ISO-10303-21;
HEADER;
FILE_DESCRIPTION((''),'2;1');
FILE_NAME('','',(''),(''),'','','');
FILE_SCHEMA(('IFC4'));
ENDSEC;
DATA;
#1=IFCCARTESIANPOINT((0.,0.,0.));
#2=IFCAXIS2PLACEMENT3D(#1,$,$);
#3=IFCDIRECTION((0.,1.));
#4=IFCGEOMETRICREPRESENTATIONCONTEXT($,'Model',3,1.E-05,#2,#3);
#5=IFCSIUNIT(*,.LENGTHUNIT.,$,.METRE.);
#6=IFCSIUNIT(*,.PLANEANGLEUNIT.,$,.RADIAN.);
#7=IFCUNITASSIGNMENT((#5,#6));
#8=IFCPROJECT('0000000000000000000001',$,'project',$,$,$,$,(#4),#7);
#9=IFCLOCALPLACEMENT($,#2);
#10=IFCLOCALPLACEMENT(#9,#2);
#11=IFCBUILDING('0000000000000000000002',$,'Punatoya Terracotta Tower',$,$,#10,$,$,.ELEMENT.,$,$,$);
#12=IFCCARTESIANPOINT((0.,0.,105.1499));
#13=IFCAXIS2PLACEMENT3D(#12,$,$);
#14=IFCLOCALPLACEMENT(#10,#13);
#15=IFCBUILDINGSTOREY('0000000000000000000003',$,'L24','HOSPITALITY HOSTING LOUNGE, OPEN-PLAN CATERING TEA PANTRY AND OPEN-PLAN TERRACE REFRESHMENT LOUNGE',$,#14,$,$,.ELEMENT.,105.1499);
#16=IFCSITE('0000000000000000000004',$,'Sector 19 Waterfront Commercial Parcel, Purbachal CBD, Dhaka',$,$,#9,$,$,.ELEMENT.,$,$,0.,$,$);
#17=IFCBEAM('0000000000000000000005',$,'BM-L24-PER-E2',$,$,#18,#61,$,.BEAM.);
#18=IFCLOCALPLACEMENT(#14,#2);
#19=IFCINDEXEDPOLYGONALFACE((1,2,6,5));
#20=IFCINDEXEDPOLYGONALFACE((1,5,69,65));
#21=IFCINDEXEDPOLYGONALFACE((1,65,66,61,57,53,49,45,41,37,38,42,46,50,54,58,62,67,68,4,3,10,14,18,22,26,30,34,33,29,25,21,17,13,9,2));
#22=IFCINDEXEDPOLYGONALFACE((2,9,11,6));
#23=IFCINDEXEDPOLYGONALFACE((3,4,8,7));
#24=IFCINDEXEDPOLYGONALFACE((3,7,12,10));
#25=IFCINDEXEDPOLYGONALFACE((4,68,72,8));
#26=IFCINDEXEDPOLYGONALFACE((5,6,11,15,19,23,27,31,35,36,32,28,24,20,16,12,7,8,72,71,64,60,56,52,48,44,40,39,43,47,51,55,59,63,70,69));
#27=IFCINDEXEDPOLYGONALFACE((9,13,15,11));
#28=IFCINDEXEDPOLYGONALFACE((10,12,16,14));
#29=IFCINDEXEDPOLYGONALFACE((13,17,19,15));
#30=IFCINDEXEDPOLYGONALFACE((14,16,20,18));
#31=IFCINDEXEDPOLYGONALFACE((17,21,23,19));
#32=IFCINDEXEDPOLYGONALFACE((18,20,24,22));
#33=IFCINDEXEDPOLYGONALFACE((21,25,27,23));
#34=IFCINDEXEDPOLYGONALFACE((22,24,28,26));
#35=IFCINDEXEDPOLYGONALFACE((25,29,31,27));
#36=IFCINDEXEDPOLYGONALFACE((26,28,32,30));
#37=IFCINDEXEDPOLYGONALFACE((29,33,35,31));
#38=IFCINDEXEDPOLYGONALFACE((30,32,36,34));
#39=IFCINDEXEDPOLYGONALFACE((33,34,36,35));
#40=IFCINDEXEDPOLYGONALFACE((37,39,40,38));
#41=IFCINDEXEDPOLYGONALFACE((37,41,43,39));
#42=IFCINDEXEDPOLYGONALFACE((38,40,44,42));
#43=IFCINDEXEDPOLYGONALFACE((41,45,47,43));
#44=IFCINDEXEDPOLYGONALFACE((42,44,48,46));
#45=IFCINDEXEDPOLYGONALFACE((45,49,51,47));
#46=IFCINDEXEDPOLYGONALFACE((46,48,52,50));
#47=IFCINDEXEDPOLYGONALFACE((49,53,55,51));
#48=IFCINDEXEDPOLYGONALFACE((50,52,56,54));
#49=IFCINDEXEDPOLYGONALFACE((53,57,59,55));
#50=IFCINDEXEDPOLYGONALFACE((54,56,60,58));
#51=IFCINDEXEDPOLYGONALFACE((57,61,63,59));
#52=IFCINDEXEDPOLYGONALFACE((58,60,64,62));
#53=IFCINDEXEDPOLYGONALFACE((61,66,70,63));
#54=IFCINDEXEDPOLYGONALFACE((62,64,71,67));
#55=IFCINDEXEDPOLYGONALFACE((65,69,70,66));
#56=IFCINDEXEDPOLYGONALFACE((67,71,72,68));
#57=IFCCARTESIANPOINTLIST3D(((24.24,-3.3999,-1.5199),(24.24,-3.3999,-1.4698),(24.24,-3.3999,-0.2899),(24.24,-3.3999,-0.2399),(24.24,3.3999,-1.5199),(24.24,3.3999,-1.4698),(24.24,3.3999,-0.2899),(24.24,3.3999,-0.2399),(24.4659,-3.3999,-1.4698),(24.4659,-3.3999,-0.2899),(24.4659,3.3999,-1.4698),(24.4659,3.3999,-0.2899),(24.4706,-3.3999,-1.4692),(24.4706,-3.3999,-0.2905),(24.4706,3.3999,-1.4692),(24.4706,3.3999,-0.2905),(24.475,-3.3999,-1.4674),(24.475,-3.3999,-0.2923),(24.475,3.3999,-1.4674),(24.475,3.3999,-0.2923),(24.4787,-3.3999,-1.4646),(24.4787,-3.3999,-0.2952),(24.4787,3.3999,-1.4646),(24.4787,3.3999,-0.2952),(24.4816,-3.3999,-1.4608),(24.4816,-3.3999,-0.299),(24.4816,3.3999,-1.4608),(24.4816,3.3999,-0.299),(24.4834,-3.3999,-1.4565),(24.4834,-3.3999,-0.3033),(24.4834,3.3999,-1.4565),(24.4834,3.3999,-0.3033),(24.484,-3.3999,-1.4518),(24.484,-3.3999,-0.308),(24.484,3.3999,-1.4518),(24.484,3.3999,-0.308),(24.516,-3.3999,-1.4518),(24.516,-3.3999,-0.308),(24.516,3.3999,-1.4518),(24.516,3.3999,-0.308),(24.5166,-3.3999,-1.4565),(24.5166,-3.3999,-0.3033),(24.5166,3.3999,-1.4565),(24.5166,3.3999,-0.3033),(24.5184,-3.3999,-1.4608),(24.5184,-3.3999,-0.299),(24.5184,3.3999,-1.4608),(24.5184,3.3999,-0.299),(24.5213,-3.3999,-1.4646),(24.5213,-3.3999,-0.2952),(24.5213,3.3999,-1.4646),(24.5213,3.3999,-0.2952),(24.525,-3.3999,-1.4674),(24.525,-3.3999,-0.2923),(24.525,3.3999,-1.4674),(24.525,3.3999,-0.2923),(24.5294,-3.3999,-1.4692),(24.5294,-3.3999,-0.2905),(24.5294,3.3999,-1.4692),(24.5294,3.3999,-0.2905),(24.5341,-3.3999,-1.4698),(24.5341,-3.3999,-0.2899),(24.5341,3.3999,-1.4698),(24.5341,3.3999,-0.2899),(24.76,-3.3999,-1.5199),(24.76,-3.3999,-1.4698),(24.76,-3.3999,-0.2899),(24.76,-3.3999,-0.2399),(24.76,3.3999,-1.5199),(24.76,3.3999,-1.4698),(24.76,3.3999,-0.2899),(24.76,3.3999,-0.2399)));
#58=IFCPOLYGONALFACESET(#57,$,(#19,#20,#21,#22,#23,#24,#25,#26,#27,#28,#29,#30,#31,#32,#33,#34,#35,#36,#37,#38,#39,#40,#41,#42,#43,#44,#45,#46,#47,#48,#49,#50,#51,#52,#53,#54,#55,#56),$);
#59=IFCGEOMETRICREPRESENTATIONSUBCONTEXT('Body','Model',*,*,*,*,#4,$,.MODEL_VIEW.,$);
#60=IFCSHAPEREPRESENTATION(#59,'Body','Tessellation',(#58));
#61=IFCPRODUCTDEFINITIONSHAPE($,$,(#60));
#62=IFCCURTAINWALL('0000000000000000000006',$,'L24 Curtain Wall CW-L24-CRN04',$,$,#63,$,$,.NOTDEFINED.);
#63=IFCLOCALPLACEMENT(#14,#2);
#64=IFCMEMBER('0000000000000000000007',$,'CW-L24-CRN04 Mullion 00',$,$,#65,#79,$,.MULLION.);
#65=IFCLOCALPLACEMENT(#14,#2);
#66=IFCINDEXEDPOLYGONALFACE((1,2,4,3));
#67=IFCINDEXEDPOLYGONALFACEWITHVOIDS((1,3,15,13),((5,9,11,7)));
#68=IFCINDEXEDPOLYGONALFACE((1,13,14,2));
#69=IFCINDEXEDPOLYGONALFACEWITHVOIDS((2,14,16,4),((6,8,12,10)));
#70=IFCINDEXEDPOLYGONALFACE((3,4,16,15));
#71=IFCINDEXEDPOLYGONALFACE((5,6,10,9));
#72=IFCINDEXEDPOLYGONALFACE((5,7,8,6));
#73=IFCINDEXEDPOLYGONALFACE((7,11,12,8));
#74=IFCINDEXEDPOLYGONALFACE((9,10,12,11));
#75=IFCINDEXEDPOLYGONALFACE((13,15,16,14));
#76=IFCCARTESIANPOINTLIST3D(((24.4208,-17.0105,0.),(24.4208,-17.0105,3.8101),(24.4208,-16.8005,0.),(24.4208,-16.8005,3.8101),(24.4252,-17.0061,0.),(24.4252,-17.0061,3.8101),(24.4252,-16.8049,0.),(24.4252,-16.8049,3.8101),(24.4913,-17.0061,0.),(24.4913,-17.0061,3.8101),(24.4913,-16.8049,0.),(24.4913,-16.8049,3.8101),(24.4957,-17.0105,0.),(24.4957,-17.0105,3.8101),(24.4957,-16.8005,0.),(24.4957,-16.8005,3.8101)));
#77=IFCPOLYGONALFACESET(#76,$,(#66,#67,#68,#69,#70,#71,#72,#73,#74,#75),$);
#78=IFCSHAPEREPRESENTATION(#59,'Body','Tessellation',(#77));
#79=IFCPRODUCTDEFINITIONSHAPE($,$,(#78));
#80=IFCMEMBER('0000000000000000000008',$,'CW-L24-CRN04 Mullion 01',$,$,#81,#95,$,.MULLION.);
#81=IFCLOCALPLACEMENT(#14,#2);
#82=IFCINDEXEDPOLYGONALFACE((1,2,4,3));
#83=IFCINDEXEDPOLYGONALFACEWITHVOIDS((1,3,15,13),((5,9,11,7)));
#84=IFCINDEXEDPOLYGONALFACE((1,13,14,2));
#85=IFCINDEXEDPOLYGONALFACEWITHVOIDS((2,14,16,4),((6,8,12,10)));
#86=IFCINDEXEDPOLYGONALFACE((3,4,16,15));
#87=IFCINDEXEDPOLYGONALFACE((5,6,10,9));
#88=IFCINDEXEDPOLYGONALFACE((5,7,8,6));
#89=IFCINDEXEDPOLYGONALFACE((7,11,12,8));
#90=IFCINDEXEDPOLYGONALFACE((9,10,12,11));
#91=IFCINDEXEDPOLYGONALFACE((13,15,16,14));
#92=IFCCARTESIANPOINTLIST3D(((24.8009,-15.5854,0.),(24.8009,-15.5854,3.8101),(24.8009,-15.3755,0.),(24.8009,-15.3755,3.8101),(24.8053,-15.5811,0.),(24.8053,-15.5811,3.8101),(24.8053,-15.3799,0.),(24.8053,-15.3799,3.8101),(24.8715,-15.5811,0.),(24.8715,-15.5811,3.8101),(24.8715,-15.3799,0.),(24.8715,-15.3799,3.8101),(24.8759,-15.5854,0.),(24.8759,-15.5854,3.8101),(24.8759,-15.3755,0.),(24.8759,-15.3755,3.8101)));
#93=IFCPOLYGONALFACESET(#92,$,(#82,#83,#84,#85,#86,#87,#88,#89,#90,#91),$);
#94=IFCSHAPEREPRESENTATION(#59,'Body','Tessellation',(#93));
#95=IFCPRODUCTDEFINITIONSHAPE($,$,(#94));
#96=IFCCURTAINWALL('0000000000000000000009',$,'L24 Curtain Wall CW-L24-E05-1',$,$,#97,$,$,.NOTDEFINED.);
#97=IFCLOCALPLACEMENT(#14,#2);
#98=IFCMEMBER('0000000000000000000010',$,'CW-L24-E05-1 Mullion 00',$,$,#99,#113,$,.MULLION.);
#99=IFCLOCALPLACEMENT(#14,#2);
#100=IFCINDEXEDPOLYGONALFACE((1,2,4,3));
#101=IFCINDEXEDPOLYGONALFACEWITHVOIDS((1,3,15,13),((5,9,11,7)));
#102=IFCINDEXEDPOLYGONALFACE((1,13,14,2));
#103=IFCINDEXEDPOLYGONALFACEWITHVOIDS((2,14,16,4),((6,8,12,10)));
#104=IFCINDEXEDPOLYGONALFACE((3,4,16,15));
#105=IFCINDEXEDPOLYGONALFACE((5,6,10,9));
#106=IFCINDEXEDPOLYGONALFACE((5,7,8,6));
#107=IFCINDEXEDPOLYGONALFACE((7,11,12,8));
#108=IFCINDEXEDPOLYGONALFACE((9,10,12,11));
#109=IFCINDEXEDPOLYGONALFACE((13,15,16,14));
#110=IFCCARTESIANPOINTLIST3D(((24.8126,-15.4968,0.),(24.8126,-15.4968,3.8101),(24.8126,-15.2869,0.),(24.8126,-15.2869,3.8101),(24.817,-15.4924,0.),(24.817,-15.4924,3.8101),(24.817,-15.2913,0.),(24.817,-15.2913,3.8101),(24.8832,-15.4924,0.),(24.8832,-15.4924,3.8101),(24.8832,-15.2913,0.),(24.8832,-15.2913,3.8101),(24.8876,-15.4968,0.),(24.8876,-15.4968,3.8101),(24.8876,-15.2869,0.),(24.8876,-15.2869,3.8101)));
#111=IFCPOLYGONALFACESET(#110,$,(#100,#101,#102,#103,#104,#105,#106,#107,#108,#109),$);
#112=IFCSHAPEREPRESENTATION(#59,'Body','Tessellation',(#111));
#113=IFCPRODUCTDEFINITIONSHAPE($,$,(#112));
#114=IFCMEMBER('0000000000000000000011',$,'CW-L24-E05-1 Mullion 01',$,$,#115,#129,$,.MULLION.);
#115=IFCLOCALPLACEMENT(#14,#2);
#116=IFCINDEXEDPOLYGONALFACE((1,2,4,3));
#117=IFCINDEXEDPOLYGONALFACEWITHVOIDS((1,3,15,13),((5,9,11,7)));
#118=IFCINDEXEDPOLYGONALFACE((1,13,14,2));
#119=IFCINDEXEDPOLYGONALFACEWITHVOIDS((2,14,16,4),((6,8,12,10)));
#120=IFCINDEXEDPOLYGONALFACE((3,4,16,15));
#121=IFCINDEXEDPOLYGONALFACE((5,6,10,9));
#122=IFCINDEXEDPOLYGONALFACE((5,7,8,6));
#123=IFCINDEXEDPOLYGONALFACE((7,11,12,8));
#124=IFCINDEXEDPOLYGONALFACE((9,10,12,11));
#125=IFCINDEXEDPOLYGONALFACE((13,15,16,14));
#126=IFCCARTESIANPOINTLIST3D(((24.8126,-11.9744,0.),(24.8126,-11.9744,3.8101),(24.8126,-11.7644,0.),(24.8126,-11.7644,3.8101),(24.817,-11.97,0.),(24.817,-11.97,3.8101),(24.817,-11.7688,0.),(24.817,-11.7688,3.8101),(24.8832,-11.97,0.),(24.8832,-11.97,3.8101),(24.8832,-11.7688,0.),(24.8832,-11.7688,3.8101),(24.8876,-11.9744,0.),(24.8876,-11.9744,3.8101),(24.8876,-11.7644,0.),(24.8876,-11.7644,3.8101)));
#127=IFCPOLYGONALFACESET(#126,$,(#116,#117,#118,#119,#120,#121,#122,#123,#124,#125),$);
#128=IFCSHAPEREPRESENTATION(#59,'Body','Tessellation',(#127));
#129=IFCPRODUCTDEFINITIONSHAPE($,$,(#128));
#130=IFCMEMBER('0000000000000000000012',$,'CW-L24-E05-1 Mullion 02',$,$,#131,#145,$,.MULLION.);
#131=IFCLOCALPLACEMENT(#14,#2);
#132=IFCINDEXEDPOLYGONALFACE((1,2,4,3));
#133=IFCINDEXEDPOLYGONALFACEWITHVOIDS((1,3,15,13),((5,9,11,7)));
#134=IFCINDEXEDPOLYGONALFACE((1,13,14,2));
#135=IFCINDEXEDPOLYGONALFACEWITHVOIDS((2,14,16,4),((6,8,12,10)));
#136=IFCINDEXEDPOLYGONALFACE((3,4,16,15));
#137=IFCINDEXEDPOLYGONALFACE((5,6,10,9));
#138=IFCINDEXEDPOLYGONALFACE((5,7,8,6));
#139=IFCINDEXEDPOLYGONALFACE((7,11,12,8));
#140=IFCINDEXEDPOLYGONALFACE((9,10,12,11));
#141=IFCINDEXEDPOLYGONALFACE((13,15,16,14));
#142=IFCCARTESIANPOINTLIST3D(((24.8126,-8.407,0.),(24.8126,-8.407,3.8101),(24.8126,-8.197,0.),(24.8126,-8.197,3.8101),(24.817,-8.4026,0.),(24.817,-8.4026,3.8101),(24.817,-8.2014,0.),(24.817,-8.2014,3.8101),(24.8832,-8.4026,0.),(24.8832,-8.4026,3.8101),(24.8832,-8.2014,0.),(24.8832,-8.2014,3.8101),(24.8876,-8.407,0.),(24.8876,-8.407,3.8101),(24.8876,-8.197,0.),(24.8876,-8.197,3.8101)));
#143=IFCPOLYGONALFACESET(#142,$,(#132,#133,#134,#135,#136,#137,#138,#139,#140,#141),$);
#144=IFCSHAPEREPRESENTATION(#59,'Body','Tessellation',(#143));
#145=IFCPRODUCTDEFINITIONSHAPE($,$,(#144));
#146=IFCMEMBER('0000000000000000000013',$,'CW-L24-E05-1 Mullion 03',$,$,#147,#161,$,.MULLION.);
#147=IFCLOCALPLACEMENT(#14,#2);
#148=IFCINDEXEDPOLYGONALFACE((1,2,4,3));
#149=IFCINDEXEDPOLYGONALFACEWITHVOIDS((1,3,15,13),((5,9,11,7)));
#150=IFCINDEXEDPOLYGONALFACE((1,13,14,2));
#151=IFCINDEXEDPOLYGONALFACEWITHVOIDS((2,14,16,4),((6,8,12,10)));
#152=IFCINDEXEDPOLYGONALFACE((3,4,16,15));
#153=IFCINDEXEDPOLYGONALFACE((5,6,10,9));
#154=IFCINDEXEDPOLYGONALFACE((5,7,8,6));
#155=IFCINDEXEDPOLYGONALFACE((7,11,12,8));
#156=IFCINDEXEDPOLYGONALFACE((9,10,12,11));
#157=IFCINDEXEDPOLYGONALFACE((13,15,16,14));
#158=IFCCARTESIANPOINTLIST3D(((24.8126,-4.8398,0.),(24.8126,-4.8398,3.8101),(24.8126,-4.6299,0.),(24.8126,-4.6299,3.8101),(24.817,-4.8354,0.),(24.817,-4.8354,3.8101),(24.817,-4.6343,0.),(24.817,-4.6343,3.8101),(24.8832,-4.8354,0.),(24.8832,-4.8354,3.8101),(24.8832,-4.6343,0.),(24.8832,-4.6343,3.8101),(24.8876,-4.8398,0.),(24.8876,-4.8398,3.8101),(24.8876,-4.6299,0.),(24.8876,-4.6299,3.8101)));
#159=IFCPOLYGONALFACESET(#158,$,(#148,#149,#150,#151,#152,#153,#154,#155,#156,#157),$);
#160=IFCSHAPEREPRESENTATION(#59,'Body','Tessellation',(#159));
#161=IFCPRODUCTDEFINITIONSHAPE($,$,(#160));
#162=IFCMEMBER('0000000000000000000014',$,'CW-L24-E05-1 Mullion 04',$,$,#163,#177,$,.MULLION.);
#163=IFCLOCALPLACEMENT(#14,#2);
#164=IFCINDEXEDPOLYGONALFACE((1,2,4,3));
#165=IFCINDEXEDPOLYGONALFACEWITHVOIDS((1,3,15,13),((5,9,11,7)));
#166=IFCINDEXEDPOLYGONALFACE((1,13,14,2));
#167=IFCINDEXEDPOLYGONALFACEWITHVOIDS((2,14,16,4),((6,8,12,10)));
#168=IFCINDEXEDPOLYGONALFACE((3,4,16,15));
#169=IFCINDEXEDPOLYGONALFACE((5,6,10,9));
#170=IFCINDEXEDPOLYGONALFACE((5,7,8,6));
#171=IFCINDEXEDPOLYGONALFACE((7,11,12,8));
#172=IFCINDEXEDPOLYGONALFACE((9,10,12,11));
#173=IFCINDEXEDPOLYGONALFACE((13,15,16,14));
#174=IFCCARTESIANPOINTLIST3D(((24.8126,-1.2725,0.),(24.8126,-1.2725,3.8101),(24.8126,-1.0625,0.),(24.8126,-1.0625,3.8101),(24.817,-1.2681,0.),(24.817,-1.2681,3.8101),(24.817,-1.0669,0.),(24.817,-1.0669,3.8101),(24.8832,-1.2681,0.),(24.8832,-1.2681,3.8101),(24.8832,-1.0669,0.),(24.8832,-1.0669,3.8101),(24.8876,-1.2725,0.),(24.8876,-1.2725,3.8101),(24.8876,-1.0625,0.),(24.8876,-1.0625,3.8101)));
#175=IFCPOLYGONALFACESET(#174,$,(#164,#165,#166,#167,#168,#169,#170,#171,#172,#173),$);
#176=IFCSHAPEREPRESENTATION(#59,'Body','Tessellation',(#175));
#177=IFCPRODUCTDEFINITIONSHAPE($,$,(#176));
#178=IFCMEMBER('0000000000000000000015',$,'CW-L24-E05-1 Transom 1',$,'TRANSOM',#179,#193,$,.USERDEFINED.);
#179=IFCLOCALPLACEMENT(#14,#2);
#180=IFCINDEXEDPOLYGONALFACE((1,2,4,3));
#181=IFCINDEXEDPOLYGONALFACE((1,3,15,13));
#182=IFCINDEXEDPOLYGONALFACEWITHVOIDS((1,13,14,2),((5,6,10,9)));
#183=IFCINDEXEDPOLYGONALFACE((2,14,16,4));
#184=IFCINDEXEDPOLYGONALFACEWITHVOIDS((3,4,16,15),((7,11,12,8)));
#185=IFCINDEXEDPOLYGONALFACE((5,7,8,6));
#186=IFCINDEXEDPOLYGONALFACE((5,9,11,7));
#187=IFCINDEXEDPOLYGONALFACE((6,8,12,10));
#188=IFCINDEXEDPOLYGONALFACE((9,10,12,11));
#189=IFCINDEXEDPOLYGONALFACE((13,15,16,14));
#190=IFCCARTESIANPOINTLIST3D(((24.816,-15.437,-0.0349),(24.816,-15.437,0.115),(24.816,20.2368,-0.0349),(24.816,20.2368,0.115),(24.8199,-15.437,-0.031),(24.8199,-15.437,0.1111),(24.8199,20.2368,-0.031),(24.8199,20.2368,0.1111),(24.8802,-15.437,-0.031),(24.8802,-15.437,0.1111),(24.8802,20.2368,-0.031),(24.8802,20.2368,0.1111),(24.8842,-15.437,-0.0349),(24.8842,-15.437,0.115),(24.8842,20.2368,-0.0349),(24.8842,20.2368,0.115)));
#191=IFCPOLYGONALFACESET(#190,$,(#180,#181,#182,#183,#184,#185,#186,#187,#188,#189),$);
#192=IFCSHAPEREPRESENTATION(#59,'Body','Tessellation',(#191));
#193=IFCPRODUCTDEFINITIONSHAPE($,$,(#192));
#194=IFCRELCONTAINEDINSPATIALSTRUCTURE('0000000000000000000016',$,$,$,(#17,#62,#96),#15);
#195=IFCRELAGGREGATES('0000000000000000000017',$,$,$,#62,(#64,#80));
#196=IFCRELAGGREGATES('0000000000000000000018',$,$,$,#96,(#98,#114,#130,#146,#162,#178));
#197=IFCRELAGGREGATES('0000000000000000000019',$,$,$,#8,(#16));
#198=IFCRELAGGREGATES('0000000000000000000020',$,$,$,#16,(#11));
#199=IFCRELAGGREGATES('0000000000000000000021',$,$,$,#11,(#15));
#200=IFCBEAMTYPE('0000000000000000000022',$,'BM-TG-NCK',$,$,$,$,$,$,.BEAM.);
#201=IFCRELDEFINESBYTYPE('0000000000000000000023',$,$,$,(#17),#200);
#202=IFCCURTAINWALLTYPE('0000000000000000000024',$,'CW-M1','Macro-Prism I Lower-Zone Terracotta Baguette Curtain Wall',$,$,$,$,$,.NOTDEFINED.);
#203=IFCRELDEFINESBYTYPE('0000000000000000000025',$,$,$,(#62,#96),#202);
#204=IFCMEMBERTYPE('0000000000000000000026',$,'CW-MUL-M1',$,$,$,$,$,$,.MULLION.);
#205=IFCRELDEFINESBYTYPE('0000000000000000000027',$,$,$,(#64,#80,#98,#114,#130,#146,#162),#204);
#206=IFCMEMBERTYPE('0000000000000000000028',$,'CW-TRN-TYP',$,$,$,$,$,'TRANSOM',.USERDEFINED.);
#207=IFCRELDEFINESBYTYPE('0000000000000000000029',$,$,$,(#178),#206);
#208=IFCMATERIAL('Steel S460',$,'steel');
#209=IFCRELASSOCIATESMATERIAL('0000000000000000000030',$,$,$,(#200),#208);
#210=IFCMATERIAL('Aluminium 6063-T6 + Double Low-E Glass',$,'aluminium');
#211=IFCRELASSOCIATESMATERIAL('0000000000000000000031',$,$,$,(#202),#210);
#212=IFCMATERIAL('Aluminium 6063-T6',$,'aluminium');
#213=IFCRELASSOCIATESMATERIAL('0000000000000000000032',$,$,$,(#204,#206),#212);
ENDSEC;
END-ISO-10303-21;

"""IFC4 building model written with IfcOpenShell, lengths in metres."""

from ifc_helpers import new_model, si_unit, direction, frame, origin, origin_2d, place, context, subcontext, project, spatial, hollow_rectangle, i_section, extrude, material, material_profile, profile_set, type_object, element, aggregate, save


model = new_model("IFC4")

# Units and contexts
model_context = context("Model", 3, precision=1e-05, world=origin(), true_north=direction((0.0, 1.0)))
body_context = subcontext(model_context, "Body", "Model", "MODEL_VIEW")
ifc_project = project(units=[si_unit("LENGTHUNIT", "METRE"), si_unit("PLANEANGLEUNIT", "RADIAN")], contexts=[model_context])

# Site, building, storey
site_placement = place(None, origin())
site = spatial("IfcSite", under=ifc_project, at=site_placement, Name="Sector 19 Waterfront Commercial Parcel, Purbachal CBD, Dhaka", CompositionType="ELEMENT", RefElevation=0.0)
building_placement = place(site_placement, origin())
building = spatial("IfcBuilding", under=site, at=building_placement, Name="Punatoya Terracotta Tower", CompositionType="ELEMENT")
storey_placement = place(building_placement, frame((0.0, 0.0, 105.1499)))
storey = spatial("IfcBuildingStorey", under=building, at=storey_placement, Name="L24", Description="HOSPITALITY HOSTING LOUNGE, OPEN-PLAN CATERING TEA PANTRY AND OPEN-PLAN TERRACE REFRESHMENT LOUNGE", CompositionType="ELEMENT", Elevation=105.1499)

# Shared definitions
ifc_material_1 = material(Name="Steel S460", Category="steel")

# Beam
ifc_material_profile_1 = material_profile(ifc_material_1, i_section(OverallWidth=0.52, OverallDepth=1.28, WebThickness=0.032, FlangeThickness=0.05, FilletRadius=0.0181, at=origin_2d()))
ifc_profile_set_1 = profile_set([ifc_material_profile_1], Name="Steel S460")
beam_type_1 = type_object("IfcBeamType", Name="BM-TG-NCK", PredefinedType="BEAM", material=ifc_profile_set_1)
beam_1_placement = place(storey_placement, frame((24.5, -3.3999, -0.8799), z_axis=(0.0, 1.0, 0.0), x_axis=(-1.0, 0.0, 0.0)))
element("IfcBeam", 1, at=beam_1_placement, inside=storey, type_object=beam_type_1, Name="BM-L24-PER-E2", PredefinedType="BEAM", context=body_context, shape_type="SweptSolid", body=[
    extrude(i_section(OverallWidth=0.52, OverallDepth=1.28, WebThickness=0.032, FlangeThickness=0.05, FilletRadius=0.0181, at=origin_2d()), origin(), (0.0, 0.0, 1.0), 6.7998),
])

# Curtain walls, members
ifc_material_2 = material(Name="Aluminium 6063-T6 + Double Low-E Glass", Category="aluminium")
curtain_wall_type = type_object("IfcCurtainWallType", Name="CW-M1", Description="Macro-Prism I Lower-Zone Terracotta Baguette Curtain Wall", PredefinedType="NOTDEFINED", material=ifc_material_2)
curtain_wall_1_placement = place(storey_placement, origin())
curtain_wall_1 = element("IfcCurtainWall", 2, at=curtain_wall_1_placement, inside=storey, type_object=curtain_wall_type, Name="L24 Curtain Wall CW-L24-CRN04", PredefinedType="NOTDEFINED")
ifc_material_3 = material(Name="Aluminium 6063-T6", Category="aluminium")
ifc_material_profile_2 = material_profile(ifc_material_3, hollow_rectangle(XDim=0.075, YDim=0.21, WallThickness=0.0044, at=origin_2d()))
ifc_profile_set_2 = profile_set([ifc_material_profile_2], Name="Aluminium 6063-T6")
member_type_1 = type_object("IfcMemberType", Name="CW-MUL-M1", PredefinedType="MULLION", material=ifc_profile_set_2)
member_1_placement = place(storey_placement, frame((24.4583, -16.9055, 0.0), z_axis=(0.0, 0.0, 1.0), x_axis=(1.0, 0.0, 0.0)))
member_1 = element("IfcMember", 3, at=member_1_placement, type_object=member_type_1, Name="CW-L24-CRN04 Mullion 00", PredefinedType="MULLION", context=body_context, shape_type="SweptSolid", body=[
    extrude(hollow_rectangle(XDim=0.075, YDim=0.21, WallThickness=0.0044, at=origin_2d()), origin(), (0.0, 0.0, 1.0), 3.8101),
])
member_2_placement = place(storey_placement, frame((24.8384, -15.4805, 0.0), z_axis=(0.0, 0.0, 1.0), x_axis=(1.0, 0.0, 0.0)))
member_2 = element("IfcMember", 4, at=member_2_placement, type_object=member_type_1, Name="CW-L24-CRN04 Mullion 01", PredefinedType="MULLION", context=body_context, shape_type="SweptSolid", body=[
    extrude(hollow_rectangle(XDim=0.075, YDim=0.21, WallThickness=0.0044, at=origin_2d()), origin(), (0.0, 0.0, 1.0), 3.8101),
])
curtain_wall_2_placement = place(storey_placement, origin())
curtain_wall_2 = element("IfcCurtainWall", 5, at=curtain_wall_2_placement, inside=storey, type_object=curtain_wall_type, Name="L24 Curtain Wall CW-L24-E05-1", PredefinedType="NOTDEFINED")
member_3_placement = place(storey_placement, frame((24.8501, -15.3918, 0.0), z_axis=(0.0, 0.0, 1.0), x_axis=(1.0, 0.0, 0.0)))
member_3 = element("IfcMember", 6, at=member_3_placement, type_object=member_type_1, Name="CW-L24-E05-1 Mullion 00", PredefinedType="MULLION", context=body_context, shape_type="SweptSolid", body=[
    extrude(hollow_rectangle(XDim=0.075, YDim=0.21, WallThickness=0.0044, at=origin_2d()), origin(), (0.0, 0.0, 1.0), 3.8101),
])
member_4_placement = place(storey_placement, frame((24.8501, -11.8694, 0.0), z_axis=(0.0, 0.0, 1.0), x_axis=(1.0, 0.0, 0.0)))
member_4 = element("IfcMember", 7, at=member_4_placement, type_object=member_type_1, Name="CW-L24-E05-1 Mullion 01", PredefinedType="MULLION", context=body_context, shape_type="SweptSolid", body=[
    extrude(hollow_rectangle(XDim=0.075, YDim=0.21, WallThickness=0.0044, at=origin_2d()), origin(), (0.0, 0.0, 1.0), 3.8101),
])
member_5_placement = place(storey_placement, frame((24.8501, -8.302, 0.0), z_axis=(0.0, 0.0, 1.0), x_axis=(1.0, 0.0, 0.0)))
member_5 = element("IfcMember", 8, at=member_5_placement, type_object=member_type_1, Name="CW-L24-E05-1 Mullion 02", PredefinedType="MULLION", context=body_context, shape_type="SweptSolid", body=[
    extrude(hollow_rectangle(XDim=0.075, YDim=0.21, WallThickness=0.0044, at=origin_2d()), origin(), (0.0, 0.0, 1.0), 3.8101),
])
member_6_placement = place(storey_placement, frame((24.8501, -4.7349, 0.0), z_axis=(0.0, 0.0, 1.0), x_axis=(1.0, 0.0, 0.0)))
member_6 = element("IfcMember", 9, at=member_6_placement, type_object=member_type_1, Name="CW-L24-E05-1 Mullion 03", PredefinedType="MULLION", context=body_context, shape_type="SweptSolid", body=[
    extrude(hollow_rectangle(XDim=0.075, YDim=0.21, WallThickness=0.0044, at=origin_2d()), origin(), (0.0, 0.0, 1.0), 3.8101),
])
member_7_placement = place(storey_placement, frame((24.8501, -1.1675, 0.0), z_axis=(0.0, 0.0, 1.0), x_axis=(1.0, 0.0, 0.0)))
member_7 = element("IfcMember", 10, at=member_7_placement, type_object=member_type_1, Name="CW-L24-E05-1 Mullion 04", PredefinedType="MULLION", context=body_context, shape_type="SweptSolid", body=[
    extrude(hollow_rectangle(XDim=0.075, YDim=0.21, WallThickness=0.0044, at=origin_2d()), origin(), (0.0, 0.0, 1.0), 3.8101),
])
ifc_material_profile_3 = material_profile(ifc_material_3, hollow_rectangle(XDim=0.0681, YDim=0.1499, WallThickness=0.0039, at=origin_2d()))
ifc_profile_set_3 = profile_set([ifc_material_profile_3], Name="Aluminium 6063-T6")
member_type_2 = type_object("IfcMemberType", Name="CW-TRN-TYP", ElementType="TRANSOM", PredefinedType="USERDEFINED", material=ifc_profile_set_3)
member_8_placement = place(storey_placement, frame((24.8501, -15.437, 0.04), z_axis=(0.0, 1.0, 0.0), x_axis=(-1.0, 0.0, 0.0)))
member_8 = element("IfcMember", 11, at=member_8_placement, type_object=member_type_2, Name="CW-L24-E05-1 Transom 1", ObjectType="TRANSOM", PredefinedType="USERDEFINED", context=body_context, shape_type="SweptSolid", body=[
    extrude(hollow_rectangle(XDim=0.0681, YDim=0.1499, WallThickness=0.0039, at=origin_2d()), origin(), (0.0, 0.0, 1.0), 35.6738),
])

aggregate(curtain_wall_1, [member_1, member_2])
aggregate(curtain_wall_2, [member_3, member_4, member_5, member_6, member_7, member_8])

save(model, "model.ifc")
